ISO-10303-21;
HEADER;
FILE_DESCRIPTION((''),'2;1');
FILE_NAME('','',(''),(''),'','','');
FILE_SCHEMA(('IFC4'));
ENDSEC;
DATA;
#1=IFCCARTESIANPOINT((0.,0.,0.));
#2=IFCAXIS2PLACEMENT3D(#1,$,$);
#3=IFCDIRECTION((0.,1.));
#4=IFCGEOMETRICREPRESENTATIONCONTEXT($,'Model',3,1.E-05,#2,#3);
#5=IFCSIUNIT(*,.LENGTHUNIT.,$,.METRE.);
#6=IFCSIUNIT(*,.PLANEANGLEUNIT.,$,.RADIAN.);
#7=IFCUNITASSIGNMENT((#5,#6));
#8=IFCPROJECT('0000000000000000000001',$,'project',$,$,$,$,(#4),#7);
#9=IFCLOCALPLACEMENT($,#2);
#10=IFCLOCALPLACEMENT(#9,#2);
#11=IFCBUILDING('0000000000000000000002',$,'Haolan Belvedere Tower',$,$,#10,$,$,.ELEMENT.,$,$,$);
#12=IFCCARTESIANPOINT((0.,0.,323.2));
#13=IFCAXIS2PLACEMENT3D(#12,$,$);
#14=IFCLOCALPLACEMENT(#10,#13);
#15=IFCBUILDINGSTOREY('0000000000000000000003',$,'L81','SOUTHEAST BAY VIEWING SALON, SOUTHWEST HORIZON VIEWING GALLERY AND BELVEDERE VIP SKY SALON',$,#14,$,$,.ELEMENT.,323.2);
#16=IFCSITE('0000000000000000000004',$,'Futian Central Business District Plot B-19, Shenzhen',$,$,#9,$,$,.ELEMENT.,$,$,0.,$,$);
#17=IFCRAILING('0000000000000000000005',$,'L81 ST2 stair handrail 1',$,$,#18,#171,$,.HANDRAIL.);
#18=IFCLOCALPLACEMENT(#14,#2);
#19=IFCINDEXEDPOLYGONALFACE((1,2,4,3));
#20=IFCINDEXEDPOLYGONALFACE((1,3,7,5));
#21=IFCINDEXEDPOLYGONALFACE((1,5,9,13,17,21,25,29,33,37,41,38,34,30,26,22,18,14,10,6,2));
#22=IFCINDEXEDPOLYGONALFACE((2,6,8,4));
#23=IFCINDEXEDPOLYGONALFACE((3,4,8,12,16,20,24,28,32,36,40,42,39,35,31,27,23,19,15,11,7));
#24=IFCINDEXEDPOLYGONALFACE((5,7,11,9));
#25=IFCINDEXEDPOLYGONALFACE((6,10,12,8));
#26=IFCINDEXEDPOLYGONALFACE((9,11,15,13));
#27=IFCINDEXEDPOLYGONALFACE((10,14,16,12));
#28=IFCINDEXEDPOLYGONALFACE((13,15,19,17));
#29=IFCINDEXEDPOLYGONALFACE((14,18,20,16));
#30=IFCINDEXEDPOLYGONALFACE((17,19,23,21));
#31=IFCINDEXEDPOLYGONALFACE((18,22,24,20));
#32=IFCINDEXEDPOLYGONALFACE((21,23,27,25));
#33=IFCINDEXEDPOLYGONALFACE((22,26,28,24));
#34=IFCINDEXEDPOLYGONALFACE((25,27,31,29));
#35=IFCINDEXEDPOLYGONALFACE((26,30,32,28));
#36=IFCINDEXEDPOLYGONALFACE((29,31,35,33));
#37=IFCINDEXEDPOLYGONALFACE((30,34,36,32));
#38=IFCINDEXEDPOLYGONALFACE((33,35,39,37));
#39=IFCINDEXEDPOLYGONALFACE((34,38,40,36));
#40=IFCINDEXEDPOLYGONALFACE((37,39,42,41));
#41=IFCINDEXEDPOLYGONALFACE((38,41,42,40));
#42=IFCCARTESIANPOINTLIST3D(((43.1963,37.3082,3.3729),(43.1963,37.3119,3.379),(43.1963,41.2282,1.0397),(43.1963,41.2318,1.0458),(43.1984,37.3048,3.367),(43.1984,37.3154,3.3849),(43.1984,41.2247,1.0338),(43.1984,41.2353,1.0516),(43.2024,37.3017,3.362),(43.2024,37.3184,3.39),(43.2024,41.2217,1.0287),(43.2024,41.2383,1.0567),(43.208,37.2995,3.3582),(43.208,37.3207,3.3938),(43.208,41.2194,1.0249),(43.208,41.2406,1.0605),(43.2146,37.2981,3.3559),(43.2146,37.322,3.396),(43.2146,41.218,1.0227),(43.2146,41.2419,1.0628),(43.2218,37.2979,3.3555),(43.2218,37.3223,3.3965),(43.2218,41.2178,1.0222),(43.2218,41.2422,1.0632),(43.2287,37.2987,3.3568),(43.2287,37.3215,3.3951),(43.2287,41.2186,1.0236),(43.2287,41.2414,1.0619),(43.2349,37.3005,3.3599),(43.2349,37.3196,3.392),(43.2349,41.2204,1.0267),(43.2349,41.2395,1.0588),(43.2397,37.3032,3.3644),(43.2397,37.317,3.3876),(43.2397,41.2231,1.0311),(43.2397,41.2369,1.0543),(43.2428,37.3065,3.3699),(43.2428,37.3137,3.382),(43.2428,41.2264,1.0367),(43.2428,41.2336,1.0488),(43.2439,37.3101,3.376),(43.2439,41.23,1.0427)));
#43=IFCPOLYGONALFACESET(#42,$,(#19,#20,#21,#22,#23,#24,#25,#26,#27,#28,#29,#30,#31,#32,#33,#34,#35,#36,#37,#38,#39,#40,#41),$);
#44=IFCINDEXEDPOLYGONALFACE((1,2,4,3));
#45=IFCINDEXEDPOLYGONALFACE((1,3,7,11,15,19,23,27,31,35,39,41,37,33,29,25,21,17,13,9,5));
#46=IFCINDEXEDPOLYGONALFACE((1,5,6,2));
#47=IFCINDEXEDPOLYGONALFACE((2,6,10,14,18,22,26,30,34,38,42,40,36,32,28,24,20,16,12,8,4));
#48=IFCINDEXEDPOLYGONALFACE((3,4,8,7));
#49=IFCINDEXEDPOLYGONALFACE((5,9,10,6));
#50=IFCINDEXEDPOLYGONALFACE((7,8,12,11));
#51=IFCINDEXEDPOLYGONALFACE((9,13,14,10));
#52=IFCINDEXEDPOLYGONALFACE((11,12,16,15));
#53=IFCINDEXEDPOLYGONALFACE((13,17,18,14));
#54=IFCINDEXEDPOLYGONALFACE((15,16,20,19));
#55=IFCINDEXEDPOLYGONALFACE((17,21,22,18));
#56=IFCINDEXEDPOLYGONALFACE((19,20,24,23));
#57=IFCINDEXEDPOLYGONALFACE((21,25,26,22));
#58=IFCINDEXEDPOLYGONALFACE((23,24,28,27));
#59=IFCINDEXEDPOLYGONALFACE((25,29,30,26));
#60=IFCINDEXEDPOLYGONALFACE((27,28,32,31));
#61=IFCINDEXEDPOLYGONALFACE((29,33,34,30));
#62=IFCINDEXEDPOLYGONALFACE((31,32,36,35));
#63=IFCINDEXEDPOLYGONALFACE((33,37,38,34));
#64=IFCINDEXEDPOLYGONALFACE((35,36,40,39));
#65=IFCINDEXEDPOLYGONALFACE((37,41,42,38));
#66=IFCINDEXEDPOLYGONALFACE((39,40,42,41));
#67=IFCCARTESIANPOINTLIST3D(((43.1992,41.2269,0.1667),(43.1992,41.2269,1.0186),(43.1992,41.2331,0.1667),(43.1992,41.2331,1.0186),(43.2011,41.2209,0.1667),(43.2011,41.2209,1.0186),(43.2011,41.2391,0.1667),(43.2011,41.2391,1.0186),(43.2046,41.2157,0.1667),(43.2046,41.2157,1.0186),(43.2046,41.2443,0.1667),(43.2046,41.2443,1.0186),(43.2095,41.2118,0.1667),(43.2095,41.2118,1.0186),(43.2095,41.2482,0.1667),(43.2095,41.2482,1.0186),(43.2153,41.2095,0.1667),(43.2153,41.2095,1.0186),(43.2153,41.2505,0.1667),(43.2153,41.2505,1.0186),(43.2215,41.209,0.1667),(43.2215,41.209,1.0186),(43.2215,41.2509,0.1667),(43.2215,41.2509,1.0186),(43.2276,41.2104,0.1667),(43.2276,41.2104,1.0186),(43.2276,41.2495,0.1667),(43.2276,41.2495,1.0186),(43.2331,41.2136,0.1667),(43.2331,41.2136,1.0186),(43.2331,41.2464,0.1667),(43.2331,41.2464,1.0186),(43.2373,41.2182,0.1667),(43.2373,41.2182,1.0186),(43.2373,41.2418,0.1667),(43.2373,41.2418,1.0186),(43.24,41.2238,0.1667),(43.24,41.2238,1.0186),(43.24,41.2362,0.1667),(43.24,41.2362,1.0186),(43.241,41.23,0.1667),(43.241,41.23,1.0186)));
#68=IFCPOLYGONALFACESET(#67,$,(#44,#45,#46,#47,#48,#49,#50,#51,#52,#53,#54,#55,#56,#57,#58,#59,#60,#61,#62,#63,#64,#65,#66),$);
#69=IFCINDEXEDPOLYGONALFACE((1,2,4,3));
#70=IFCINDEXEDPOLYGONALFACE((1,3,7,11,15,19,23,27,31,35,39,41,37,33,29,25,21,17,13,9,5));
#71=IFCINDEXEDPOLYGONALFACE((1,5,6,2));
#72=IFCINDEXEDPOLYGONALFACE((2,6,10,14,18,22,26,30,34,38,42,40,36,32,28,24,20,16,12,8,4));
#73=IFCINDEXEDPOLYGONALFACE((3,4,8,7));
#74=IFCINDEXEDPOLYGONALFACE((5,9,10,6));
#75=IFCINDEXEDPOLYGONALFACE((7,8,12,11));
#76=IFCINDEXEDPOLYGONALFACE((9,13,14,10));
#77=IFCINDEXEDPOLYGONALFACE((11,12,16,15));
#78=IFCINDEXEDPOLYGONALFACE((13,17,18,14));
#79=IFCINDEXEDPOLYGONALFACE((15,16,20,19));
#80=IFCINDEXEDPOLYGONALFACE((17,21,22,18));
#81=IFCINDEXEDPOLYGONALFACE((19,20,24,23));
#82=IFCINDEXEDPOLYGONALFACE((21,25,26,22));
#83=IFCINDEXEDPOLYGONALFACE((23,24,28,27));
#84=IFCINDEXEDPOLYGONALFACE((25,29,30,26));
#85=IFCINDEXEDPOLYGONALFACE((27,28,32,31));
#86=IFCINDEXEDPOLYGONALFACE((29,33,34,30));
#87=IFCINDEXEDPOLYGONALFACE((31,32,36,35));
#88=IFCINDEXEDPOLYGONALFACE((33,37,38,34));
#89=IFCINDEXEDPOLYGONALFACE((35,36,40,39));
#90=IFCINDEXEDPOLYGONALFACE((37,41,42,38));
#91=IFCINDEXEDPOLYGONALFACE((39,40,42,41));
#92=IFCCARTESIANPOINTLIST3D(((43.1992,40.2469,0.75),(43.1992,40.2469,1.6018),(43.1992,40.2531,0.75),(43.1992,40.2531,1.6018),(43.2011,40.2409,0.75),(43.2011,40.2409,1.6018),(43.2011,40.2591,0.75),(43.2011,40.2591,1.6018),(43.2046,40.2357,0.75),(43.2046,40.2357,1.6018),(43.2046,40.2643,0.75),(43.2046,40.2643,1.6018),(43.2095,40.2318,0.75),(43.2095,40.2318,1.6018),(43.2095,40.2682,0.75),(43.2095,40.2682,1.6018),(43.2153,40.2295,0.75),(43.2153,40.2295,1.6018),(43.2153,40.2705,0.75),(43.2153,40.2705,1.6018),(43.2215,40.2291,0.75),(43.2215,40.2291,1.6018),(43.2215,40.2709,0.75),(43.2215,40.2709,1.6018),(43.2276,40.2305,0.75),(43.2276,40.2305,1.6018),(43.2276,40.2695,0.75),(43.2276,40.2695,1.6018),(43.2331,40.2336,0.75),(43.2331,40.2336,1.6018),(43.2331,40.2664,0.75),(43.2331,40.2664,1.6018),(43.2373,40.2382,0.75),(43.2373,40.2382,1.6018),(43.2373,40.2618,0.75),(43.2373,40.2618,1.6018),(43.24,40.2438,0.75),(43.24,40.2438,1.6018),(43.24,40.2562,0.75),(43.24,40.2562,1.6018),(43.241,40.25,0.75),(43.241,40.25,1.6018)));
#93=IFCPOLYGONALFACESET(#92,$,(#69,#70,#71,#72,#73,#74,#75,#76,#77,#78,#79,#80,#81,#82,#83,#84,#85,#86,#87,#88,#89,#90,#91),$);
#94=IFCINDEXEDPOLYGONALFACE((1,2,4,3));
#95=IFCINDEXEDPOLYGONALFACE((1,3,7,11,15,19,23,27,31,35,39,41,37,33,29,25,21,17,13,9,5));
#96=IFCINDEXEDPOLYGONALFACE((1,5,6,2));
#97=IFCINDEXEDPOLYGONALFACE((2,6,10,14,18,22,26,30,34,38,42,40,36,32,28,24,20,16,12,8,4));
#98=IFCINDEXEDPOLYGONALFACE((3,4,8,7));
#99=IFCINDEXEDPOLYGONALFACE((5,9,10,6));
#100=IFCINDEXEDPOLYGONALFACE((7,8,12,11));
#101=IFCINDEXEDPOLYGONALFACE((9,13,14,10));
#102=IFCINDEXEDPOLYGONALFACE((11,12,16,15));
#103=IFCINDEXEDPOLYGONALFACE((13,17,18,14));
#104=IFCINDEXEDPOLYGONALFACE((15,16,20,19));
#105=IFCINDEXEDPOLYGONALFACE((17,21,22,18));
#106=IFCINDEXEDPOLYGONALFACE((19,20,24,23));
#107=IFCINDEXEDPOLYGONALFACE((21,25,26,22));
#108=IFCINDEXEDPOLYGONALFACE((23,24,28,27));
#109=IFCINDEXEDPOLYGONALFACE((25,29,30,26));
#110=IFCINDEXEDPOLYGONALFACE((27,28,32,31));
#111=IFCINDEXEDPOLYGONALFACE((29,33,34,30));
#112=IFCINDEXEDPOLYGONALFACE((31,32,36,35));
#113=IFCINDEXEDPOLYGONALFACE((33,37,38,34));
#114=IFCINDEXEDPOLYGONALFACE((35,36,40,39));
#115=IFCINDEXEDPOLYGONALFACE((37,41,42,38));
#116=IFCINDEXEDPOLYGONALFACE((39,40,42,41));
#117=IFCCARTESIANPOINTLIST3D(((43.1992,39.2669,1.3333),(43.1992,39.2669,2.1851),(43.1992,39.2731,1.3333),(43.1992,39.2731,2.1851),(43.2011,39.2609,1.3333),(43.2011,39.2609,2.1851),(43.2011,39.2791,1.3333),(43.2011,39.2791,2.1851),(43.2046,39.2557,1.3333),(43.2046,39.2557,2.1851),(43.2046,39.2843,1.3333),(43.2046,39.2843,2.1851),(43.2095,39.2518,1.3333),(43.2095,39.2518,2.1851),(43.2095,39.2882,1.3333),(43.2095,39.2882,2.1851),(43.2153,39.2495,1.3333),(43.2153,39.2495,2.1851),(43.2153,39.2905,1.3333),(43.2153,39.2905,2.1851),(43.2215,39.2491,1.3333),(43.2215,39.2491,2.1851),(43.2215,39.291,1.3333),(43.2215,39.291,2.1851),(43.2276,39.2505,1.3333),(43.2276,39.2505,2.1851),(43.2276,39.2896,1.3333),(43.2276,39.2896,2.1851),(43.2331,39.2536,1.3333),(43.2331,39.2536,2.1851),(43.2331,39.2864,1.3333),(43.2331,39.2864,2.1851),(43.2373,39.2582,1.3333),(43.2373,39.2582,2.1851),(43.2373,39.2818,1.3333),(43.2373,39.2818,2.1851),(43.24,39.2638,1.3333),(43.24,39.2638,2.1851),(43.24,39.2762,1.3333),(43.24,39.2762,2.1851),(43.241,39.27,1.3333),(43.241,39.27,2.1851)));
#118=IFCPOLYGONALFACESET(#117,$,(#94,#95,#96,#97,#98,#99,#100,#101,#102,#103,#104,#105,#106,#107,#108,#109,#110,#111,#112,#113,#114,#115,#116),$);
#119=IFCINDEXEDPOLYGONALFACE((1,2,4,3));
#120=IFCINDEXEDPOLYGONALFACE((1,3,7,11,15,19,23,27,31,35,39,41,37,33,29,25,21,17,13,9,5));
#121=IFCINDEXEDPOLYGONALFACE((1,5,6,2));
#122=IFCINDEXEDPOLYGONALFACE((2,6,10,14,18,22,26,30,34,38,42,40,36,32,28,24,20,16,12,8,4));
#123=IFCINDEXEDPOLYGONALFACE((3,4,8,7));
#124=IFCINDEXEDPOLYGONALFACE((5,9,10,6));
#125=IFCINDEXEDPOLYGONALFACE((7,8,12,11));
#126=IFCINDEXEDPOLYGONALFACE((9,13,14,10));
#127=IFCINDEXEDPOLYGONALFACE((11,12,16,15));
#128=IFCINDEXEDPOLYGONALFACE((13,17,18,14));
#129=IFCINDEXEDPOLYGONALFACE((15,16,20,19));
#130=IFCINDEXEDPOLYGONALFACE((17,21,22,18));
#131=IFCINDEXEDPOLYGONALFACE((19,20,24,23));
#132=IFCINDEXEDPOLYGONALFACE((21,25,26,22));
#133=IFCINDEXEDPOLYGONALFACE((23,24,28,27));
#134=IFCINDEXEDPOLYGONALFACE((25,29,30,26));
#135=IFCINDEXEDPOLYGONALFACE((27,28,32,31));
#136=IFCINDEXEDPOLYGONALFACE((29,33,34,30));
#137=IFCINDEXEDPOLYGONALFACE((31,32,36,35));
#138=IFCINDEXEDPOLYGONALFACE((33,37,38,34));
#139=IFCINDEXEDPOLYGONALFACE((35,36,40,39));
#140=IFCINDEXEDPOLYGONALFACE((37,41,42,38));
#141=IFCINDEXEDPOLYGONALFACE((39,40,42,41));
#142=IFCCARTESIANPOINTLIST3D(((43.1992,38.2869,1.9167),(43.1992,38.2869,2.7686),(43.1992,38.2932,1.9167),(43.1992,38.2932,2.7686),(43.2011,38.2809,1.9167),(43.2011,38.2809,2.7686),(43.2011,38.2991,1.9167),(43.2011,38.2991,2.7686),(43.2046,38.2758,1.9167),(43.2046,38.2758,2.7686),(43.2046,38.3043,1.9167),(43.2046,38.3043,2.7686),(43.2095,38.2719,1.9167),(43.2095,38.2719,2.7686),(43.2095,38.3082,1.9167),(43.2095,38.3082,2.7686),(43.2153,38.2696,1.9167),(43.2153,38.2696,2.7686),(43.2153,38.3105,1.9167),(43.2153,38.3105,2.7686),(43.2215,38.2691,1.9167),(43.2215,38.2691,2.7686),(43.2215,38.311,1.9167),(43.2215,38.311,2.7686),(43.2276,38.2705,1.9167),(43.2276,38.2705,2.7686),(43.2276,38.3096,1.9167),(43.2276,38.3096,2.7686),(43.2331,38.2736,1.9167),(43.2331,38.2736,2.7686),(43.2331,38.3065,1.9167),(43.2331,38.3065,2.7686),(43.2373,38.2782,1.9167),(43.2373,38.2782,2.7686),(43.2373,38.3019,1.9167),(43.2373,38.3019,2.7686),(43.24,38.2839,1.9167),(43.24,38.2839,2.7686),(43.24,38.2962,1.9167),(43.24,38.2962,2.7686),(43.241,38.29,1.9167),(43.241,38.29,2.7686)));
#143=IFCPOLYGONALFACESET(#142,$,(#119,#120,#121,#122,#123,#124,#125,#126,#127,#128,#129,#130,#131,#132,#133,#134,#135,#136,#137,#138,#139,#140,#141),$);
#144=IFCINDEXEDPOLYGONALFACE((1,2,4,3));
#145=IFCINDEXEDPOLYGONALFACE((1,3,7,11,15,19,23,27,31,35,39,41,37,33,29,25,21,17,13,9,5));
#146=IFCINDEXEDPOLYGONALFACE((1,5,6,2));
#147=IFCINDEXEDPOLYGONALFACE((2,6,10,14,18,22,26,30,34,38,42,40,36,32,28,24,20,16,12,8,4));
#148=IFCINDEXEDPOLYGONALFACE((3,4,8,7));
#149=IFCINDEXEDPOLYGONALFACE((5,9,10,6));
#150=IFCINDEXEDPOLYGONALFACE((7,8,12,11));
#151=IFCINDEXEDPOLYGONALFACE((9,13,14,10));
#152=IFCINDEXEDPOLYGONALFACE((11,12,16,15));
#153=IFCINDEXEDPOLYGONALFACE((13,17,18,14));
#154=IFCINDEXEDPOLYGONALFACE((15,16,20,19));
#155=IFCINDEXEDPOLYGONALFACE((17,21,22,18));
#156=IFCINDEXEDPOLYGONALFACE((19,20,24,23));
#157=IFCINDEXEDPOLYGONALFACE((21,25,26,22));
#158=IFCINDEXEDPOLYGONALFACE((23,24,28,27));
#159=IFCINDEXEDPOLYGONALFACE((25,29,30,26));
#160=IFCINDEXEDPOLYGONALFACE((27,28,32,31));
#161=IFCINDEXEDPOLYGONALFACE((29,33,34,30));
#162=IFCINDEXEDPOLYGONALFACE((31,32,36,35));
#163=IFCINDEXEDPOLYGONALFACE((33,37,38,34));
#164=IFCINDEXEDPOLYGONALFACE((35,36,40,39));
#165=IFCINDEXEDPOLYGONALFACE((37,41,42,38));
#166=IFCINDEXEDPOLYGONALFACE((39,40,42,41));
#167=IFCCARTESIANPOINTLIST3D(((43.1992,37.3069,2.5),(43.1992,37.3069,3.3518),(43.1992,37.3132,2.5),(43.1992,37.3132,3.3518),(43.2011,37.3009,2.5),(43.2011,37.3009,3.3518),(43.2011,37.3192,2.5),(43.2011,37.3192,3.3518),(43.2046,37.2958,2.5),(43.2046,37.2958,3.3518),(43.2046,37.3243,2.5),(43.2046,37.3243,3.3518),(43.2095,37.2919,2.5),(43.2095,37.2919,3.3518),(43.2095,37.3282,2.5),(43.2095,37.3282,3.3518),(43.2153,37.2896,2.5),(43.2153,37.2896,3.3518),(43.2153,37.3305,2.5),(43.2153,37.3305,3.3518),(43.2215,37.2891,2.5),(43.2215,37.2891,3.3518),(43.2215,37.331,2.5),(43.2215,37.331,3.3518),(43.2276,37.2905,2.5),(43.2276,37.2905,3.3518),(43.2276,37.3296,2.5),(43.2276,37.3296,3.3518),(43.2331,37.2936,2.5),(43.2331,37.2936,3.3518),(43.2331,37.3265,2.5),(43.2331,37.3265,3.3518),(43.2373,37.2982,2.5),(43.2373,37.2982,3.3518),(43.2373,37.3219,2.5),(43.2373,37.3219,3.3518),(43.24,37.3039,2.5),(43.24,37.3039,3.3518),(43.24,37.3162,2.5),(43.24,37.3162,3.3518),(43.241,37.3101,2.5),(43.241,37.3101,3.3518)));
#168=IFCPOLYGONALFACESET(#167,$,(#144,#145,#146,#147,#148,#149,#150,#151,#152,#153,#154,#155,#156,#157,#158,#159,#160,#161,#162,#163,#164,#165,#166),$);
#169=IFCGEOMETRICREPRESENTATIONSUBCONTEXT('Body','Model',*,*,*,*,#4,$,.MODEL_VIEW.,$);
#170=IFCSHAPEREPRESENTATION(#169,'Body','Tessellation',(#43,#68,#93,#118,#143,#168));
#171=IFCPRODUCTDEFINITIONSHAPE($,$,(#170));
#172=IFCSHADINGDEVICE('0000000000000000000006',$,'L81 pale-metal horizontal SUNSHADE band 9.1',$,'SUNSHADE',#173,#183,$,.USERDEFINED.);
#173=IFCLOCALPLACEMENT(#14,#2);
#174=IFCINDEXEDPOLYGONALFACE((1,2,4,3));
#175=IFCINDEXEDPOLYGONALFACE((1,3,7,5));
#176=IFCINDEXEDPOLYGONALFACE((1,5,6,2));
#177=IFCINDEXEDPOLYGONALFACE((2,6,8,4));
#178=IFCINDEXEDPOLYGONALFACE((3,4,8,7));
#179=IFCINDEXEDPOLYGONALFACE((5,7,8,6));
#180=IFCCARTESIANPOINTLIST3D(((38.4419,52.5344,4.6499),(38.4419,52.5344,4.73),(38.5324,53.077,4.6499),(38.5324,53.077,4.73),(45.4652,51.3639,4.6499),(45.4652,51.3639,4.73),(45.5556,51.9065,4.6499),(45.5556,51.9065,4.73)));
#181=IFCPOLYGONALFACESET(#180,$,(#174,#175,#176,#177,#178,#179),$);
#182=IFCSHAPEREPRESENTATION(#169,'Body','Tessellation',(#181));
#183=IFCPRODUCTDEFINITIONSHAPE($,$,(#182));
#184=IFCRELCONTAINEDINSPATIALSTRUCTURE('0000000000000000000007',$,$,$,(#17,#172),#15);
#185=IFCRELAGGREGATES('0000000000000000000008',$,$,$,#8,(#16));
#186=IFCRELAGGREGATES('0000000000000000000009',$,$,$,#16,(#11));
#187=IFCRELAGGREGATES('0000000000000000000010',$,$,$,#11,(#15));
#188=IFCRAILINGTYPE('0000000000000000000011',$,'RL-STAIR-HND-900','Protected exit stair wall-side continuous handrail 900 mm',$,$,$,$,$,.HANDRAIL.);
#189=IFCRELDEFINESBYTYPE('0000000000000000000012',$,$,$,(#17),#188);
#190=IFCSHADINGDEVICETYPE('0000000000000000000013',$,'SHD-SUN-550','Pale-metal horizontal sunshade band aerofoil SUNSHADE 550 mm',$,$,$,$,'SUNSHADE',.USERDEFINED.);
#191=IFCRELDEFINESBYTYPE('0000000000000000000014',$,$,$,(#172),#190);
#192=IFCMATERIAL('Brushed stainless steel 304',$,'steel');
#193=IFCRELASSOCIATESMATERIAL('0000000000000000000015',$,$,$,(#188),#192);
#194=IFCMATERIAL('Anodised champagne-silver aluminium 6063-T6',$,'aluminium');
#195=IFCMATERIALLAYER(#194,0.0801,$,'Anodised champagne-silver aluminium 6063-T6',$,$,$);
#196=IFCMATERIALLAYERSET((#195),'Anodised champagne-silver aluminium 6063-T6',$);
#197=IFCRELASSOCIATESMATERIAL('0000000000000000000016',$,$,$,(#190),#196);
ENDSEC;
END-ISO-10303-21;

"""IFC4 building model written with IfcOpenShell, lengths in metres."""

from ifc_helpers import new_model, si_unit, direction, frame, origin, origin_2d, place, context, subcontext, project, spatial, rectangle, circle, extrude, material, layer, layer_set, type_object, element, save


model = new_model("IFC4")

# Units and contexts
model_context = context("Model", 3, precision=1e-05, world=origin(), true_north=direction((0.0, 1.0)))
body_context = subcontext(model_context, "Body", "Model", "MODEL_VIEW")
ifc_project = project(units=[si_unit("LENGTHUNIT", "METRE"), si_unit("PLANEANGLEUNIT", "RADIAN")], contexts=[model_context])

# Site, building, storey
site_placement = place(None, origin())
site = spatial("IfcSite", under=ifc_project, at=site_placement, Name="Futian Central Business District Plot B-19, Shenzhen", CompositionType="ELEMENT", RefElevation=0.0)
building_placement = place(site_placement, origin())
building = spatial("IfcBuilding", under=site, at=building_placement, Name="Haolan Belvedere Tower", CompositionType="ELEMENT")
storey_placement = place(building_placement, frame((0.0, 0.0, 323.2)))
storey = spatial("IfcBuildingStorey", under=building, at=storey_placement, Name="L81", Description="SOUTHEAST BAY VIEWING SALON, SOUTHWEST HORIZON VIEWING GALLERY AND BELVEDERE VIP SKY SALON", CompositionType="ELEMENT", Elevation=323.2)

# Railing
ifc_material_1 = material(Name="Brushed stainless steel 304", Category="steel")
railing_type_1 = type_object("IfcRailingType", Name="RL-STAIR-HND-900", Description="Protected exit stair wall-side continuous handrail 900 mm", PredefinedType="HANDRAIL", material=ifc_material_1)
railing_1_placement = place(storey_placement, frame((43.22, 41.23, 0.1667)))
element("IfcRailing", 1, at=railing_1_placement, inside=storey, type_object=railing_type_1, Name="L81 ST2 stair handrail 1", PredefinedType="HANDRAIL", context=body_context, shape_type="SweptSolid", body=[
    extrude(circle(Radius=0.0239, at=origin_2d()), frame((0.0, 0.0, 0.876), z_axis=(0.0, -0.859296, 0.511478), x_axis=(1.0, 0.0, 0.0)), (0.0, 0.0, 1.0), 4.5618),
    extrude(circle(Radius=0.021, at=origin_2d()), origin(), (0.0, 0.0, 1.0), 0.8518),
    extrude(circle(Radius=0.021, at=origin_2d()), frame((0.0, -0.98, 0.5833)), (0.0, 0.0, 1.0), 0.8518),
    extrude(circle(Radius=0.021, at=origin_2d()), frame((0.0, -1.96, 1.1665)), (0.0, 0.0, 1.0), 0.8518),
    extrude(circle(Radius=0.021, at=origin_2d()), frame((0.0, -2.9399, 1.75)), (0.0, 0.0, 1.0), 0.8518),
    extrude(circle(Radius=0.021, at=origin_2d()), frame((0.0, -3.9199, 2.3333)), (0.0, 0.0, 1.0), 0.8518),
])

# Shading device
ifc_material_2 = material(Name="Anodised champagne-silver aluminium 6063-T6", Category="aluminium")
ifc_layer_1 = layer(ifc_material_2, 0.0801, Name="Anodised champagne-silver aluminium 6063-T6")
ifc_layer_set_1 = layer_set([ifc_layer_1], Name="Anodised champagne-silver aluminium 6063-T6")
shading_device_type = type_object("IfcShadingDeviceType", Name="SHD-SUN-550", Description="Pale-metal horizontal sunshade band aerofoil SUNSHADE 550 mm", ElementType="SUNSHADE", PredefinedType="USERDEFINED", material=ifc_layer_set_1)
shading_device_placement = place(storey_placement, frame((41.9988, 52.2205, 4.6499), z_axis=(0.0, 0.0, 1.0), x_axis=(-0.986395, 0.164393, 0.0)))
element("IfcShadingDevice", 2, at=shading_device_placement, inside=storey, type_object=shading_device_type, Name="L81 pale-metal horizontal SUNSHADE band 9.1", ObjectType="SUNSHADE", PredefinedType="USERDEFINED", context=body_context, shape_type="SweptSolid", body=[
    extrude(rectangle(XDim=7.1201, YDim=0.55, at=origin_2d()), origin(), (0.0, 0.0, 1.0), 0.0801),
])

save(model, "model.ifc")
